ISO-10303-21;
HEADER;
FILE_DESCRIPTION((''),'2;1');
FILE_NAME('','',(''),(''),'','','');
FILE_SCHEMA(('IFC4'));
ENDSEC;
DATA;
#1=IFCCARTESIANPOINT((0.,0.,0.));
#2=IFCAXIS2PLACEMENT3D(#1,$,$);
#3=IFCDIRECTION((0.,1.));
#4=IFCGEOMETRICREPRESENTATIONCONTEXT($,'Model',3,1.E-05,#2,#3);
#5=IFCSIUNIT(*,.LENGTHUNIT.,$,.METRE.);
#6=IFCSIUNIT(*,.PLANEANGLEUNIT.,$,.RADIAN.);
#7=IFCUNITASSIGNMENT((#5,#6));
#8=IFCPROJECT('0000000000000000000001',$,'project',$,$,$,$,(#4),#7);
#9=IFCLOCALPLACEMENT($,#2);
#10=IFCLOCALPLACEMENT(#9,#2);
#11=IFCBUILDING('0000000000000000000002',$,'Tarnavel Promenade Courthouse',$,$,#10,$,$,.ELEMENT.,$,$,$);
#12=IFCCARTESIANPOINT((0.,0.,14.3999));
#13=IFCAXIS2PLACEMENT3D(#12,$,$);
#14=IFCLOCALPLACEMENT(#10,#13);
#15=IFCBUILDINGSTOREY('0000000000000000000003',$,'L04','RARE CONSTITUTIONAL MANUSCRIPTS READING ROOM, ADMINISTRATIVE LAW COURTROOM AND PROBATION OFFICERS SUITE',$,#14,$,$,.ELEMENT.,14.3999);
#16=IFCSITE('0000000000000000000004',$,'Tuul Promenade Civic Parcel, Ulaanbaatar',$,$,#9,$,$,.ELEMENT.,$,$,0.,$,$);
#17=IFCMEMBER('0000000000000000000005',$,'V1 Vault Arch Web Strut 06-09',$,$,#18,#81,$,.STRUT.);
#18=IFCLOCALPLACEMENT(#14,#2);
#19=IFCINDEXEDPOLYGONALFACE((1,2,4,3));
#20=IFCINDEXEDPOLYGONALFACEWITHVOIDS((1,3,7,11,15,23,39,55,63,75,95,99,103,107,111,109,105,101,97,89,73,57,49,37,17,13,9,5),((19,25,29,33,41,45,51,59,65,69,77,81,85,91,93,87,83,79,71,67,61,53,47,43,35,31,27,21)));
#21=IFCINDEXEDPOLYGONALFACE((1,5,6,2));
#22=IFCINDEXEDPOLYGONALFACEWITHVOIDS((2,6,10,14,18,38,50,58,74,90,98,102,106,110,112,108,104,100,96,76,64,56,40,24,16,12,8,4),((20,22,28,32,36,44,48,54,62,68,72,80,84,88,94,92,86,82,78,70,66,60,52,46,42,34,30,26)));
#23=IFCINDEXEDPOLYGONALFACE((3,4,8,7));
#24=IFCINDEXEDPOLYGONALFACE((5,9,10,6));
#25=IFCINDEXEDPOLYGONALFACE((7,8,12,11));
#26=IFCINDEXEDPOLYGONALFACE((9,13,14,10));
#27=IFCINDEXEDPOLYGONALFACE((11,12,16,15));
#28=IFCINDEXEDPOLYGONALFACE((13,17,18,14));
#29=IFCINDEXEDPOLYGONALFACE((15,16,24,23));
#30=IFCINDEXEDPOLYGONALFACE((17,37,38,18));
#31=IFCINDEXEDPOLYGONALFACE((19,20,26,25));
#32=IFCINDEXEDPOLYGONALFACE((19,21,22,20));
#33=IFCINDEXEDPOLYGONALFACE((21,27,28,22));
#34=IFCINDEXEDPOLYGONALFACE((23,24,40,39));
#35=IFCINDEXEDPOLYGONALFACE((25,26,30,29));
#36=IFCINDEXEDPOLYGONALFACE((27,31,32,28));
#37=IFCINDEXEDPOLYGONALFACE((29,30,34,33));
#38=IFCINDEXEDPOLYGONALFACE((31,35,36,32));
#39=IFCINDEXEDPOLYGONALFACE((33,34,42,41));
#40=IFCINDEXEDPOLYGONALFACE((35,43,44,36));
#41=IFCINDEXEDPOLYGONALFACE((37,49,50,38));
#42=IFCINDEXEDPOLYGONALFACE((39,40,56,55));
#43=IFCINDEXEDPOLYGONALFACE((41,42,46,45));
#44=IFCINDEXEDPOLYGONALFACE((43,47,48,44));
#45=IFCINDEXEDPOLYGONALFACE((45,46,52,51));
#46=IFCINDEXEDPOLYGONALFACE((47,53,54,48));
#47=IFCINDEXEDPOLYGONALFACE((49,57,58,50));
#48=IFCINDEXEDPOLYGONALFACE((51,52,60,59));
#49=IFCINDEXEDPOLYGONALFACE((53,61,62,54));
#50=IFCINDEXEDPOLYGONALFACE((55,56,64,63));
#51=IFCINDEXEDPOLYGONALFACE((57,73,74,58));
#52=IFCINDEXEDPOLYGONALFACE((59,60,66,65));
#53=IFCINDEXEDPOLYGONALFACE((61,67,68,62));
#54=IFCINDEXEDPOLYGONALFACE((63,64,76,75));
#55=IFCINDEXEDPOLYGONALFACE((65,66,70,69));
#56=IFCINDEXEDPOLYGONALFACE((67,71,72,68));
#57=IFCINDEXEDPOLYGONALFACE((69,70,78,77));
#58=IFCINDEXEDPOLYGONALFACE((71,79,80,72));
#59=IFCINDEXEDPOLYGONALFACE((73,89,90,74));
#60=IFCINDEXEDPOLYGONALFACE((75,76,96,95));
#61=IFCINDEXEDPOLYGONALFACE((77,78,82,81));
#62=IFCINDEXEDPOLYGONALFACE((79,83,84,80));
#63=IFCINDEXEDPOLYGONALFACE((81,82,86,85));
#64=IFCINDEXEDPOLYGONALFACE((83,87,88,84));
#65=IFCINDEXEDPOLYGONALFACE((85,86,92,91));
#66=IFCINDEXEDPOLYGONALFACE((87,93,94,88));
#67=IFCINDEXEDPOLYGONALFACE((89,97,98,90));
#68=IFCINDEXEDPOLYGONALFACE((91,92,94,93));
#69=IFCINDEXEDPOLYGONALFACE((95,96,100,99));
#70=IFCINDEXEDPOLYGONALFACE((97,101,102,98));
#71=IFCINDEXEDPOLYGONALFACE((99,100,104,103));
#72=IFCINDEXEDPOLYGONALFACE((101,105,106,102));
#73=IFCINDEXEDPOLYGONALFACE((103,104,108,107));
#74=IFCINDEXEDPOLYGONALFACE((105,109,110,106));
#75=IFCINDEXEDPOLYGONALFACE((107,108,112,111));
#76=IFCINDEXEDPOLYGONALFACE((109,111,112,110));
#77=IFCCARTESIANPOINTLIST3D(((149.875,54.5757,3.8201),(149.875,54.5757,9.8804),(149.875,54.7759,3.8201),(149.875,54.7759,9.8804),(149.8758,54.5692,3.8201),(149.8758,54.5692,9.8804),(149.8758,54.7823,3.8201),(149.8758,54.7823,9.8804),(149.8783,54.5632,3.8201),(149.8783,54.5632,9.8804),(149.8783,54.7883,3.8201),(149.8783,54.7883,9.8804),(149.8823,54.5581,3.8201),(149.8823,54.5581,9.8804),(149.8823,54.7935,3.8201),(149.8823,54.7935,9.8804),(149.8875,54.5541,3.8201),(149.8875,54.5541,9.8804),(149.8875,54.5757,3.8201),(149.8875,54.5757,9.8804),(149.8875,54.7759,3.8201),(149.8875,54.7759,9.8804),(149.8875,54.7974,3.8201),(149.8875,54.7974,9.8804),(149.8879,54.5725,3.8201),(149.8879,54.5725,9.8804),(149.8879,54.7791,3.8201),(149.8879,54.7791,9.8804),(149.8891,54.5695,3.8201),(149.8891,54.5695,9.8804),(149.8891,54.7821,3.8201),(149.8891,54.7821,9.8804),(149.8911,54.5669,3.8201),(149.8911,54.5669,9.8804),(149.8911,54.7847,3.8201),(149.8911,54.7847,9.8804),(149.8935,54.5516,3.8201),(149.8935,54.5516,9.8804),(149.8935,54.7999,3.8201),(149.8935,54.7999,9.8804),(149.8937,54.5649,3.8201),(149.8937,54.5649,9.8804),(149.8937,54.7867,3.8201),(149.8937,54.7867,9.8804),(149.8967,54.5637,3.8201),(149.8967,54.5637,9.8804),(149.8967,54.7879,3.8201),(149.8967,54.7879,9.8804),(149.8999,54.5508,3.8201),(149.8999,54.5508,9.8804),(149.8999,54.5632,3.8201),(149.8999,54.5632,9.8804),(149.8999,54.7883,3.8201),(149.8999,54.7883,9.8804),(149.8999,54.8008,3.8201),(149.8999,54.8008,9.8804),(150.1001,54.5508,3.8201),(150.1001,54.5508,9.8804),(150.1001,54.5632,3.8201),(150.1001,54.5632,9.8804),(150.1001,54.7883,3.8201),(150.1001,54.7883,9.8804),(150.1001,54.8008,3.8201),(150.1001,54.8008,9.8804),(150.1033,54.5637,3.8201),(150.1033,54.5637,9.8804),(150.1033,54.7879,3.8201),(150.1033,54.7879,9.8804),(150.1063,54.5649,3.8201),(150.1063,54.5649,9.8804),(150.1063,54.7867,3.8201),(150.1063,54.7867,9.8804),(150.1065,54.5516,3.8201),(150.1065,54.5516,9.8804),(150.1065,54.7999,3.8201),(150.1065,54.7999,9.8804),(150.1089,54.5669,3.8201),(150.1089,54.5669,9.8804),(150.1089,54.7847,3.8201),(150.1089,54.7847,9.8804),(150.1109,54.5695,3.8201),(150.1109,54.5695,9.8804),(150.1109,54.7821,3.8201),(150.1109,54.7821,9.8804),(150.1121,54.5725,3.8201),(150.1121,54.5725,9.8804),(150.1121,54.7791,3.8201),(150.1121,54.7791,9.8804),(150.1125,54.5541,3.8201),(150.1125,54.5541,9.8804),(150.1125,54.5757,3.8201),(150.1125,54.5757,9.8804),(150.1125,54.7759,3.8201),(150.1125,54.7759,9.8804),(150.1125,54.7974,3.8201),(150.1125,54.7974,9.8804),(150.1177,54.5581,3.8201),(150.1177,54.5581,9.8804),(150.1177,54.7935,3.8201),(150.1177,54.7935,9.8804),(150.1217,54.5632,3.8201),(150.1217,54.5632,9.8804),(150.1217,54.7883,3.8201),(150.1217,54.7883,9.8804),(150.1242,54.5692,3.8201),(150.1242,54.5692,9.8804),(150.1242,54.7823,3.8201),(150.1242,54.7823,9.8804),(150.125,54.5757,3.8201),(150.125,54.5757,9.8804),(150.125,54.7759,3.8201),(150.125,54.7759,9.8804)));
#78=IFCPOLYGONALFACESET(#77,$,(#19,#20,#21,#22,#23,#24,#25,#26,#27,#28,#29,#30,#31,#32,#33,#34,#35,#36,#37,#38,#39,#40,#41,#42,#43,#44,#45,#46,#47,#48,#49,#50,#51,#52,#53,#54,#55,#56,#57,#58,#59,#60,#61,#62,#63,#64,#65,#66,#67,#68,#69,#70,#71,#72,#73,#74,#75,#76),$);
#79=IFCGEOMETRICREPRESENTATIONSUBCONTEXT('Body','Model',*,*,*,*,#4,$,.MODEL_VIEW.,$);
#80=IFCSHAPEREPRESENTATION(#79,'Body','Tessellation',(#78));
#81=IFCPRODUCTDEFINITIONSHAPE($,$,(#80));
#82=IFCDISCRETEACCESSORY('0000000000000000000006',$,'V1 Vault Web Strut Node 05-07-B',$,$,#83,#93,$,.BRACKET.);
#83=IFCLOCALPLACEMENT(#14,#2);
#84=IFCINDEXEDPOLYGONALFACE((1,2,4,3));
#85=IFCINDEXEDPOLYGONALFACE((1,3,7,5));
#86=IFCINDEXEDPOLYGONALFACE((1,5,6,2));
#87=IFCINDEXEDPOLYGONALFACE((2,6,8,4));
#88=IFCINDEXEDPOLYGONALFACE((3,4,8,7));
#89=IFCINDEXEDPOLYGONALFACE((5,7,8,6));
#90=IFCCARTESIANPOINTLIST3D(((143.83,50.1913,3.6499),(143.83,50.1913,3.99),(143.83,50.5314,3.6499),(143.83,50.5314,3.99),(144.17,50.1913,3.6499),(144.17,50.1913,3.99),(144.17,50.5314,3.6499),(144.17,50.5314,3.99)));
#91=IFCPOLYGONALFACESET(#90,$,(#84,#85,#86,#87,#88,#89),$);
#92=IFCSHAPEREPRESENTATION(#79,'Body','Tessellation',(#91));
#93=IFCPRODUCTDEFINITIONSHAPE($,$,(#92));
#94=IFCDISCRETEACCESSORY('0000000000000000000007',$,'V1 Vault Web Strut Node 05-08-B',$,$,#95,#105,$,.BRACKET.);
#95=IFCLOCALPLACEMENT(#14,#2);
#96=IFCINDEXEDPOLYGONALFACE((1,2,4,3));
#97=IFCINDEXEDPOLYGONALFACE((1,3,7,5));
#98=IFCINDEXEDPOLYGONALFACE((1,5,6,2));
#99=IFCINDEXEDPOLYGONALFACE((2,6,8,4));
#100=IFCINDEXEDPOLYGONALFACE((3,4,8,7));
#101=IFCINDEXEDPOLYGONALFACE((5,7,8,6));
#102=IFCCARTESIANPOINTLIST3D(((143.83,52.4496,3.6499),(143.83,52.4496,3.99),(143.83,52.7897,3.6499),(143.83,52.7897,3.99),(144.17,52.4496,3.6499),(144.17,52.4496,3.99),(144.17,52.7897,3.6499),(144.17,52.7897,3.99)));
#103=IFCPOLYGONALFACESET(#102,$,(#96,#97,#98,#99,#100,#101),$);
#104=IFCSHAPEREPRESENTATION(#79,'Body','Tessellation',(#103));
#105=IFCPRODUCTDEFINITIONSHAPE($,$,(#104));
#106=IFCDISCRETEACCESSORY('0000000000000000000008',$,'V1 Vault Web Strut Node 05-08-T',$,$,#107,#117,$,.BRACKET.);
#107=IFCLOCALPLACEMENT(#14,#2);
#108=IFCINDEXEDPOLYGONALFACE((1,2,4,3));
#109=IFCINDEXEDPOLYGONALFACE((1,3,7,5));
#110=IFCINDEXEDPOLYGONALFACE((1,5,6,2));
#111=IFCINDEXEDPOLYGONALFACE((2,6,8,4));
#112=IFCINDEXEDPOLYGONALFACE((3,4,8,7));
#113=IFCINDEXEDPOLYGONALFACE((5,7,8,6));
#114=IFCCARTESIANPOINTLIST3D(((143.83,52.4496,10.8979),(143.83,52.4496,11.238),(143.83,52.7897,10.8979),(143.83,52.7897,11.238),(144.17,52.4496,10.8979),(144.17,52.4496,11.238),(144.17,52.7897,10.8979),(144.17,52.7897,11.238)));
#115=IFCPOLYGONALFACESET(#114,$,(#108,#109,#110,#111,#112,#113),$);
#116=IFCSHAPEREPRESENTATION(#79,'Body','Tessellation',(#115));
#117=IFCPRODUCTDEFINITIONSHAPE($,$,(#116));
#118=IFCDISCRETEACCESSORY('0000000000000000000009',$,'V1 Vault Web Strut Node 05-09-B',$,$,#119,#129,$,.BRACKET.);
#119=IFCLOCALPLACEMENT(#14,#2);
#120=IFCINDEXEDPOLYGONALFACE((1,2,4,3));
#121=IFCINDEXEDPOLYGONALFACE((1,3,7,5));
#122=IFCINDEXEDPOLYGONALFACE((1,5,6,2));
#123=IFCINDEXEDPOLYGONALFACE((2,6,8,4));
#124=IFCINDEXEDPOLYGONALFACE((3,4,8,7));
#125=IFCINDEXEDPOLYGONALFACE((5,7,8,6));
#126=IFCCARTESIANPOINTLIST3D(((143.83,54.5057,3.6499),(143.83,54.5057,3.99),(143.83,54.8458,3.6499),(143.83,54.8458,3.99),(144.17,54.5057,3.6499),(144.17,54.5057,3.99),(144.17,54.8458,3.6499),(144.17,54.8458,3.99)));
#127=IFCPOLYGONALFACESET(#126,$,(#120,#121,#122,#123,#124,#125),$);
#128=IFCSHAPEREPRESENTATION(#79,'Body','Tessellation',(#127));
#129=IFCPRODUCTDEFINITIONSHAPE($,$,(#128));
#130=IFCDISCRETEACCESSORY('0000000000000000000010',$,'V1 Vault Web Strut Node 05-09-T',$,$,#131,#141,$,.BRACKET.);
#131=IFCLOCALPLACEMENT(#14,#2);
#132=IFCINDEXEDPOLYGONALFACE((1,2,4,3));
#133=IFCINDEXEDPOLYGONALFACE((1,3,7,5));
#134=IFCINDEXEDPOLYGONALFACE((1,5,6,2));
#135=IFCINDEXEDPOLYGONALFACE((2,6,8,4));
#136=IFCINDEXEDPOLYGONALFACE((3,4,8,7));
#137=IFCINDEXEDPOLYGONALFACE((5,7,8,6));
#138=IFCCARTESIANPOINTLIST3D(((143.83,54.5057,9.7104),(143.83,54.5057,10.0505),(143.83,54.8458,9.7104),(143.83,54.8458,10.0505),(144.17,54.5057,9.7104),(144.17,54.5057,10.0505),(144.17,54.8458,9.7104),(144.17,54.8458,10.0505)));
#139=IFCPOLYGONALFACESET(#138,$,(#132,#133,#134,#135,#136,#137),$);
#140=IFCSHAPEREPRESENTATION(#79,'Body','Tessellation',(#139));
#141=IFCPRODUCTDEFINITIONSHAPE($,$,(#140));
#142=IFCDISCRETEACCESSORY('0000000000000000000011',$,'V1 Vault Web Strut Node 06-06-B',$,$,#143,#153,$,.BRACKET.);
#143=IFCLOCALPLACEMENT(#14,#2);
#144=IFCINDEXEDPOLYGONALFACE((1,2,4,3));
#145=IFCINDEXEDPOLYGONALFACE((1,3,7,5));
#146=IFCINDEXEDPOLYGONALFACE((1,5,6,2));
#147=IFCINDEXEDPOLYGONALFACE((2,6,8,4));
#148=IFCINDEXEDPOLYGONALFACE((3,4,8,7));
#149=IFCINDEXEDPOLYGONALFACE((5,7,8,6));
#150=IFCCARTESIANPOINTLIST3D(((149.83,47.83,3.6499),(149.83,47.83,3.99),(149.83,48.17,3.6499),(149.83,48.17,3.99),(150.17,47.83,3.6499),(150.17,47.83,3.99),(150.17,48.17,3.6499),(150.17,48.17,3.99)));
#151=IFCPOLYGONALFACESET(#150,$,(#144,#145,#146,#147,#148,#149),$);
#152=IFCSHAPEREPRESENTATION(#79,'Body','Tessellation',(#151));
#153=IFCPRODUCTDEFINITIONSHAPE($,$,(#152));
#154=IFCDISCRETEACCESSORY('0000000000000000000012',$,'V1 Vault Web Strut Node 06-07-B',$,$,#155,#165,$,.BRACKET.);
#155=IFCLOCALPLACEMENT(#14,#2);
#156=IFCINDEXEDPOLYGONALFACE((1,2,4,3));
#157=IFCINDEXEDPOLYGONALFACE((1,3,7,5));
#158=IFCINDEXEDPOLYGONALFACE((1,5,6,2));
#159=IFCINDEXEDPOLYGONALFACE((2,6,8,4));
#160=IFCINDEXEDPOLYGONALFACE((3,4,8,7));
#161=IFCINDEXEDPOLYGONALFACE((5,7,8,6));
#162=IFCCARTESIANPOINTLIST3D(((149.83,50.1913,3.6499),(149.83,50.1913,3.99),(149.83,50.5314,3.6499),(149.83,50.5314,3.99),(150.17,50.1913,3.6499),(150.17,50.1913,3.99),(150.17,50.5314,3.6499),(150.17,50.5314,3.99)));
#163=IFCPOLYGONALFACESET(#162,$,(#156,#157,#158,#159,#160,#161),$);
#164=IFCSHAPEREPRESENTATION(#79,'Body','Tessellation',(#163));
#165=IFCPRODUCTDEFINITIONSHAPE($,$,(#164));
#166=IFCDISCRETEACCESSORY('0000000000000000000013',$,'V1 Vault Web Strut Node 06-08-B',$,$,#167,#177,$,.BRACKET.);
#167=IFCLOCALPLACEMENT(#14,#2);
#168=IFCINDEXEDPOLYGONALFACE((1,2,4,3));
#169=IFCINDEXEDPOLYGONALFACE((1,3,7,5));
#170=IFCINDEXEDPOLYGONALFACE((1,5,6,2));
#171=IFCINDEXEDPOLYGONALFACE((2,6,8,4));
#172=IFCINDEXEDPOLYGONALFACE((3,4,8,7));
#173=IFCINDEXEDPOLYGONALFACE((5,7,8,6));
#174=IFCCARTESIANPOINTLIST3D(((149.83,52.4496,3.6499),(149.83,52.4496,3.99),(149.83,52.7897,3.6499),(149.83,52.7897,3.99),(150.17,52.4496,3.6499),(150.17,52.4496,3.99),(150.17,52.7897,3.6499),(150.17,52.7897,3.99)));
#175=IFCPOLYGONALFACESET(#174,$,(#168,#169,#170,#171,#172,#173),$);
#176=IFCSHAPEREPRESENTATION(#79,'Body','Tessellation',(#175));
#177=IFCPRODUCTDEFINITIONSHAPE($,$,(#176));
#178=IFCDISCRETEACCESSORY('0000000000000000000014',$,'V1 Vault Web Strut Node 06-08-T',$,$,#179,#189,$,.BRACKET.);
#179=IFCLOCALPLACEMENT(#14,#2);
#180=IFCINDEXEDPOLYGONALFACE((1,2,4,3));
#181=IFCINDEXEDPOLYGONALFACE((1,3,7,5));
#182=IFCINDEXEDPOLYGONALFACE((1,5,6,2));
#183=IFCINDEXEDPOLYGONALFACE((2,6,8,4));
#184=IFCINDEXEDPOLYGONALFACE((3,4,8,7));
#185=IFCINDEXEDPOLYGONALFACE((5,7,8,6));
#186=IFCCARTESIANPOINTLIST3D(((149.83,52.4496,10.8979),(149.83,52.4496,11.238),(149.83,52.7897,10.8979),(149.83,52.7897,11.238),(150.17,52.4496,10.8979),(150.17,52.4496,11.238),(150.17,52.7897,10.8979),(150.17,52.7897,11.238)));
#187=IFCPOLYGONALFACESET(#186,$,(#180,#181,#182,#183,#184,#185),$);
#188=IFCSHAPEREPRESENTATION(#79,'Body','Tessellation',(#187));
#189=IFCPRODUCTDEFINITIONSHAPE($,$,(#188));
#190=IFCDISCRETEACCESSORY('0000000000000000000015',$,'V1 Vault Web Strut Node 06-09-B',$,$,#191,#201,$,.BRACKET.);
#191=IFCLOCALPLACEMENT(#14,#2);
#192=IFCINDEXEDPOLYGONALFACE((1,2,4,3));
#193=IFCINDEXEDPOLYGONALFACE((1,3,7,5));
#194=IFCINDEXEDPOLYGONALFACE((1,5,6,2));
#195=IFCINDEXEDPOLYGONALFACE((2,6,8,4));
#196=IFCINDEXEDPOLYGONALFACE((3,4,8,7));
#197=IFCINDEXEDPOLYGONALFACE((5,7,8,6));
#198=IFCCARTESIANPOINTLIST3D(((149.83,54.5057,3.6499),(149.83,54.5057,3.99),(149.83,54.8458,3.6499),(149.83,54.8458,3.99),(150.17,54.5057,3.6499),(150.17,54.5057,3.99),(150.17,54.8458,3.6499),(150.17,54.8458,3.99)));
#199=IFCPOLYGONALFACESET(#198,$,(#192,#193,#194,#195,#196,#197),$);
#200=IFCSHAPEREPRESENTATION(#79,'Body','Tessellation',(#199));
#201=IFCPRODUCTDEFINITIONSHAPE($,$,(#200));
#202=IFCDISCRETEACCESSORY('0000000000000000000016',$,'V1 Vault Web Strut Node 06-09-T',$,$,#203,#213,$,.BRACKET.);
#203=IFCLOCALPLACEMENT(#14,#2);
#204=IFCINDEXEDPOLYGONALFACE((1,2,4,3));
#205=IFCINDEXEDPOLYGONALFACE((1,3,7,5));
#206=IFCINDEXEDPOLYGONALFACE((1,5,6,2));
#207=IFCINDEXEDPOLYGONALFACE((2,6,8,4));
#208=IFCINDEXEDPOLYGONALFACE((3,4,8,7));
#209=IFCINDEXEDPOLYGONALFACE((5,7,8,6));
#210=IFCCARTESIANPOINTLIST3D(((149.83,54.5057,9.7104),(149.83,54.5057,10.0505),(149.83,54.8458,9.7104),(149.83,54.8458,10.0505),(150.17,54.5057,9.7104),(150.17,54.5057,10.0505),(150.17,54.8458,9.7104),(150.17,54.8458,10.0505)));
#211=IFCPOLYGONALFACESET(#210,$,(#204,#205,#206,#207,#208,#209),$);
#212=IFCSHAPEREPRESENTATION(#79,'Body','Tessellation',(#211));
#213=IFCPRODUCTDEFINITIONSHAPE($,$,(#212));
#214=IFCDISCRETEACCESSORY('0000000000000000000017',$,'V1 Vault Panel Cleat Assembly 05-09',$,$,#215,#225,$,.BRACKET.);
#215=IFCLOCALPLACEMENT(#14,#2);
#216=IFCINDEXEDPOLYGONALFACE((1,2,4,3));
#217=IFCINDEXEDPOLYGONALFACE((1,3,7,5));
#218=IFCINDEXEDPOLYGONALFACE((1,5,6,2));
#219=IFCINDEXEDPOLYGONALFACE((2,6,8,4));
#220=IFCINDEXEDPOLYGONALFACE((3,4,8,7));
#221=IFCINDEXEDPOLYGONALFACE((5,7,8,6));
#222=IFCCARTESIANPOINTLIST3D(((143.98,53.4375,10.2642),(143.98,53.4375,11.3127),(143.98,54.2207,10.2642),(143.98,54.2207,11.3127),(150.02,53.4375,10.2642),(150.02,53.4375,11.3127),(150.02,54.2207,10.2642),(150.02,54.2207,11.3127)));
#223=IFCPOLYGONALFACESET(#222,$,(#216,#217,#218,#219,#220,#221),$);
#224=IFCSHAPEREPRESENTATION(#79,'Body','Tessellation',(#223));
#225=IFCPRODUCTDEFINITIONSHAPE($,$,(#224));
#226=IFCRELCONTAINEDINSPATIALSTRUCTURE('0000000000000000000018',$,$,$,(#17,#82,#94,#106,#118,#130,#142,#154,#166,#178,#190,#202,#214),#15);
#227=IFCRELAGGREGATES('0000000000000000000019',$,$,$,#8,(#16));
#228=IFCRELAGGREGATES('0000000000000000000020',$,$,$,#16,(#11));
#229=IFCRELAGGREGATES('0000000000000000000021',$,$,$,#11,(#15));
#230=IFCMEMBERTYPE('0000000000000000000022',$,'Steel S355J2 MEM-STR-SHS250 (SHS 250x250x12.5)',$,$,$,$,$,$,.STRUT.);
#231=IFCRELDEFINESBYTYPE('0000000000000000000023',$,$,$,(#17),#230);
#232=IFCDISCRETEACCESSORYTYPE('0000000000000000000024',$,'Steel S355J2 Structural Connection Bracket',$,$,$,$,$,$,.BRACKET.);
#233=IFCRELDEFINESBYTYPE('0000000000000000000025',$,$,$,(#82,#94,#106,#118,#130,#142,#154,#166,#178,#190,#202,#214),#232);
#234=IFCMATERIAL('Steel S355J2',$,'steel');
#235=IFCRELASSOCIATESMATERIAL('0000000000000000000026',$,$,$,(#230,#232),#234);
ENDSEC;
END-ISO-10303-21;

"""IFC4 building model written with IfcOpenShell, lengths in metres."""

from ifc_helpers import new_model, si_unit, direction, frame, origin, origin_2d, place, context, subcontext, project, spatial, rectangle, hollow_rectangle, extrude, material, material_profile, profile_set, type_object, element, save


model = new_model("IFC4")

# Units and contexts
model_context = context("Model", 3, precision=1e-05, world=origin(), true_north=direction((0.0, 1.0)))
body_context = subcontext(model_context, "Body", "Model", "MODEL_VIEW")
ifc_project = project(units=[si_unit("LENGTHUNIT", "METRE"), si_unit("PLANEANGLEUNIT", "RADIAN")], contexts=[model_context])

# Site, building, storey
site_placement = place(None, origin())
site = spatial("IfcSite", under=ifc_project, at=site_placement, Name="Tuul Promenade Civic Parcel, Ulaanbaatar", CompositionType="ELEMENT", RefElevation=0.0)
building_placement = place(site_placement, origin())
building = spatial("IfcBuilding", under=site, at=building_placement, Name="Tarnavel Promenade Courthouse", CompositionType="ELEMENT")
storey_placement = place(building_placement, frame((0.0, 0.0, 14.3999)))
storey = spatial("IfcBuildingStorey", under=building, at=storey_placement, Name="L04", Description="RARE CONSTITUTIONAL MANUSCRIPTS READING ROOM, ADMINISTRATIVE LAW COURTROOM AND PROBATION OFFICERS SUITE", CompositionType="ELEMENT", Elevation=14.3999)

# Shared definitions
ifc_material = material(Name="Steel S355J2", Category="steel")

# Member
ifc_material_profile_1 = material_profile(ifc_material, hollow_rectangle(XDim=0.25, YDim=0.25, WallThickness=0.0125, InnerFilletRadius=0.0125, OuterFilletRadius=0.0249, at=origin_2d()), Name="SHS 250x250x12.5")
ifc_profile_set_1 = profile_set([ifc_material_profile_1], Name="Steel S355J2")
member_type_1 = type_object("IfcMemberType", Name="Steel S355J2 MEM-STR-SHS250 (SHS 250x250x12.5)", PredefinedType="STRUT", material=ifc_profile_set_1)
member_1_placement = place(storey_placement, frame((150.0, 54.6758, 3.8201), z_axis=(0.0, 0.0, 1.0), x_axis=(1.0, 0.0, 0.0)))
element("IfcMember", 1, at=member_1_placement, inside=storey, type_object=member_type_1, Name="V1 Vault Arch Web Strut 06-09", PredefinedType="STRUT", context=body_context, shape_type="SweptSolid", body=[
    extrude(hollow_rectangle(XDim=0.25, YDim=0.25, WallThickness=0.0125, InnerFilletRadius=0.0125, OuterFilletRadius=0.0249, at=origin_2d()), origin(), (0.0, 0.0, 1.0), 6.0603),
])

# Discrete accessories
discrete_accessory_type = type_object("IfcDiscreteAccessoryType", Name="Steel S355J2 Structural Connection Bracket", PredefinedType="BRACKET", material=ifc_material)
for number, where, z_axis, x_axis, name in (
    (2, (144.0, 50.3613, 3.6499), (0.0, 0.0, 1.0), (1.0, 0.0, 0.0), "V1 Vault Web Strut Node 05-07-B"),
    (3, (144.0, 52.6196, 3.6499), (0.0, 0.0, 1.0), (1.0, 0.0, 0.0), "V1 Vault Web Strut Node 05-08-B"),
    (4, (144.0, 52.6196, 10.8979), (0.0, 0.0, 1.0), (1.0, 0.0, 0.0), "V1 Vault Web Strut Node 05-08-T"),
    (5, (144.0, 54.6758, 3.6499), (0.0, 0.0, 1.0), (1.0, 0.0, 0.0), "V1 Vault Web Strut Node 05-09-B"),
    (6, (144.0, 54.6758, 9.7104), (0.0, 0.0, 1.0), (1.0, 0.0, 0.0), "V1 Vault Web Strut Node 05-09-T"),
    (7, (150.0, 48.0, 3.6499), (0.0, 0.0, 1.0), (1.0, 0.0, 0.0), "V1 Vault Web Strut Node 06-06-B"),
    (8, (150.0, 50.3613, 3.6499), (0.0, 0.0, 1.0), (1.0, 0.0, 0.0), "V1 Vault Web Strut Node 06-07-B"),
    (9, (150.0, 52.6196, 3.6499), (0.0, 0.0, 1.0), (1.0, 0.0, 0.0), "V1 Vault Web Strut Node 06-08-B"),
    (10, (150.0, 52.6196, 10.8979), (0.0, 0.0, 1.0), (1.0, 0.0, 0.0), "V1 Vault Web Strut Node 06-08-T"),
    (11, (150.0, 54.6758, 3.6499), (0.0, 0.0, 1.0), (1.0, 0.0, 0.0), "V1 Vault Web Strut Node 06-09-B"),
    (12, (150.0, 54.6758, 9.7104), (0.0, 0.0, 1.0), (1.0, 0.0, 0.0), "V1 Vault Web Strut Node 06-09-T"),
):
    element("IfcDiscreteAccessory", number, at=place(storey_placement, frame(where, z_axis=z_axis, x_axis=x_axis)), inside=storey, type_object=discrete_accessory_type, Name=name, PredefinedType="BRACKET", context=body_context, shape_type="SweptSolid", body=[
        extrude(rectangle(XDim=0.3401, YDim=0.3401, at=origin_2d()), origin(), (0.0, 0.0, 1.0), 0.3401),
    ])
discrete_accessory_placement = place(storey_placement, frame((147.0, 53.8291, 10.2642), z_axis=(0.0, 0.0, 1.0), x_axis=(1.0, 0.0, 0.0)))
element("IfcDiscreteAccessory", 13, at=discrete_accessory_placement, inside=storey, type_object=discrete_accessory_type, Name="V1 Vault Panel Cleat Assembly 05-09", PredefinedType="BRACKET", context=body_context, shape_type="SweptSolid", body=[
    extrude(rectangle(XDim=6.04, YDim=0.7832, at=origin_2d()), origin(), (0.0, 0.0, 1.0), 1.0486),
])

save(model, "model.ifc")
